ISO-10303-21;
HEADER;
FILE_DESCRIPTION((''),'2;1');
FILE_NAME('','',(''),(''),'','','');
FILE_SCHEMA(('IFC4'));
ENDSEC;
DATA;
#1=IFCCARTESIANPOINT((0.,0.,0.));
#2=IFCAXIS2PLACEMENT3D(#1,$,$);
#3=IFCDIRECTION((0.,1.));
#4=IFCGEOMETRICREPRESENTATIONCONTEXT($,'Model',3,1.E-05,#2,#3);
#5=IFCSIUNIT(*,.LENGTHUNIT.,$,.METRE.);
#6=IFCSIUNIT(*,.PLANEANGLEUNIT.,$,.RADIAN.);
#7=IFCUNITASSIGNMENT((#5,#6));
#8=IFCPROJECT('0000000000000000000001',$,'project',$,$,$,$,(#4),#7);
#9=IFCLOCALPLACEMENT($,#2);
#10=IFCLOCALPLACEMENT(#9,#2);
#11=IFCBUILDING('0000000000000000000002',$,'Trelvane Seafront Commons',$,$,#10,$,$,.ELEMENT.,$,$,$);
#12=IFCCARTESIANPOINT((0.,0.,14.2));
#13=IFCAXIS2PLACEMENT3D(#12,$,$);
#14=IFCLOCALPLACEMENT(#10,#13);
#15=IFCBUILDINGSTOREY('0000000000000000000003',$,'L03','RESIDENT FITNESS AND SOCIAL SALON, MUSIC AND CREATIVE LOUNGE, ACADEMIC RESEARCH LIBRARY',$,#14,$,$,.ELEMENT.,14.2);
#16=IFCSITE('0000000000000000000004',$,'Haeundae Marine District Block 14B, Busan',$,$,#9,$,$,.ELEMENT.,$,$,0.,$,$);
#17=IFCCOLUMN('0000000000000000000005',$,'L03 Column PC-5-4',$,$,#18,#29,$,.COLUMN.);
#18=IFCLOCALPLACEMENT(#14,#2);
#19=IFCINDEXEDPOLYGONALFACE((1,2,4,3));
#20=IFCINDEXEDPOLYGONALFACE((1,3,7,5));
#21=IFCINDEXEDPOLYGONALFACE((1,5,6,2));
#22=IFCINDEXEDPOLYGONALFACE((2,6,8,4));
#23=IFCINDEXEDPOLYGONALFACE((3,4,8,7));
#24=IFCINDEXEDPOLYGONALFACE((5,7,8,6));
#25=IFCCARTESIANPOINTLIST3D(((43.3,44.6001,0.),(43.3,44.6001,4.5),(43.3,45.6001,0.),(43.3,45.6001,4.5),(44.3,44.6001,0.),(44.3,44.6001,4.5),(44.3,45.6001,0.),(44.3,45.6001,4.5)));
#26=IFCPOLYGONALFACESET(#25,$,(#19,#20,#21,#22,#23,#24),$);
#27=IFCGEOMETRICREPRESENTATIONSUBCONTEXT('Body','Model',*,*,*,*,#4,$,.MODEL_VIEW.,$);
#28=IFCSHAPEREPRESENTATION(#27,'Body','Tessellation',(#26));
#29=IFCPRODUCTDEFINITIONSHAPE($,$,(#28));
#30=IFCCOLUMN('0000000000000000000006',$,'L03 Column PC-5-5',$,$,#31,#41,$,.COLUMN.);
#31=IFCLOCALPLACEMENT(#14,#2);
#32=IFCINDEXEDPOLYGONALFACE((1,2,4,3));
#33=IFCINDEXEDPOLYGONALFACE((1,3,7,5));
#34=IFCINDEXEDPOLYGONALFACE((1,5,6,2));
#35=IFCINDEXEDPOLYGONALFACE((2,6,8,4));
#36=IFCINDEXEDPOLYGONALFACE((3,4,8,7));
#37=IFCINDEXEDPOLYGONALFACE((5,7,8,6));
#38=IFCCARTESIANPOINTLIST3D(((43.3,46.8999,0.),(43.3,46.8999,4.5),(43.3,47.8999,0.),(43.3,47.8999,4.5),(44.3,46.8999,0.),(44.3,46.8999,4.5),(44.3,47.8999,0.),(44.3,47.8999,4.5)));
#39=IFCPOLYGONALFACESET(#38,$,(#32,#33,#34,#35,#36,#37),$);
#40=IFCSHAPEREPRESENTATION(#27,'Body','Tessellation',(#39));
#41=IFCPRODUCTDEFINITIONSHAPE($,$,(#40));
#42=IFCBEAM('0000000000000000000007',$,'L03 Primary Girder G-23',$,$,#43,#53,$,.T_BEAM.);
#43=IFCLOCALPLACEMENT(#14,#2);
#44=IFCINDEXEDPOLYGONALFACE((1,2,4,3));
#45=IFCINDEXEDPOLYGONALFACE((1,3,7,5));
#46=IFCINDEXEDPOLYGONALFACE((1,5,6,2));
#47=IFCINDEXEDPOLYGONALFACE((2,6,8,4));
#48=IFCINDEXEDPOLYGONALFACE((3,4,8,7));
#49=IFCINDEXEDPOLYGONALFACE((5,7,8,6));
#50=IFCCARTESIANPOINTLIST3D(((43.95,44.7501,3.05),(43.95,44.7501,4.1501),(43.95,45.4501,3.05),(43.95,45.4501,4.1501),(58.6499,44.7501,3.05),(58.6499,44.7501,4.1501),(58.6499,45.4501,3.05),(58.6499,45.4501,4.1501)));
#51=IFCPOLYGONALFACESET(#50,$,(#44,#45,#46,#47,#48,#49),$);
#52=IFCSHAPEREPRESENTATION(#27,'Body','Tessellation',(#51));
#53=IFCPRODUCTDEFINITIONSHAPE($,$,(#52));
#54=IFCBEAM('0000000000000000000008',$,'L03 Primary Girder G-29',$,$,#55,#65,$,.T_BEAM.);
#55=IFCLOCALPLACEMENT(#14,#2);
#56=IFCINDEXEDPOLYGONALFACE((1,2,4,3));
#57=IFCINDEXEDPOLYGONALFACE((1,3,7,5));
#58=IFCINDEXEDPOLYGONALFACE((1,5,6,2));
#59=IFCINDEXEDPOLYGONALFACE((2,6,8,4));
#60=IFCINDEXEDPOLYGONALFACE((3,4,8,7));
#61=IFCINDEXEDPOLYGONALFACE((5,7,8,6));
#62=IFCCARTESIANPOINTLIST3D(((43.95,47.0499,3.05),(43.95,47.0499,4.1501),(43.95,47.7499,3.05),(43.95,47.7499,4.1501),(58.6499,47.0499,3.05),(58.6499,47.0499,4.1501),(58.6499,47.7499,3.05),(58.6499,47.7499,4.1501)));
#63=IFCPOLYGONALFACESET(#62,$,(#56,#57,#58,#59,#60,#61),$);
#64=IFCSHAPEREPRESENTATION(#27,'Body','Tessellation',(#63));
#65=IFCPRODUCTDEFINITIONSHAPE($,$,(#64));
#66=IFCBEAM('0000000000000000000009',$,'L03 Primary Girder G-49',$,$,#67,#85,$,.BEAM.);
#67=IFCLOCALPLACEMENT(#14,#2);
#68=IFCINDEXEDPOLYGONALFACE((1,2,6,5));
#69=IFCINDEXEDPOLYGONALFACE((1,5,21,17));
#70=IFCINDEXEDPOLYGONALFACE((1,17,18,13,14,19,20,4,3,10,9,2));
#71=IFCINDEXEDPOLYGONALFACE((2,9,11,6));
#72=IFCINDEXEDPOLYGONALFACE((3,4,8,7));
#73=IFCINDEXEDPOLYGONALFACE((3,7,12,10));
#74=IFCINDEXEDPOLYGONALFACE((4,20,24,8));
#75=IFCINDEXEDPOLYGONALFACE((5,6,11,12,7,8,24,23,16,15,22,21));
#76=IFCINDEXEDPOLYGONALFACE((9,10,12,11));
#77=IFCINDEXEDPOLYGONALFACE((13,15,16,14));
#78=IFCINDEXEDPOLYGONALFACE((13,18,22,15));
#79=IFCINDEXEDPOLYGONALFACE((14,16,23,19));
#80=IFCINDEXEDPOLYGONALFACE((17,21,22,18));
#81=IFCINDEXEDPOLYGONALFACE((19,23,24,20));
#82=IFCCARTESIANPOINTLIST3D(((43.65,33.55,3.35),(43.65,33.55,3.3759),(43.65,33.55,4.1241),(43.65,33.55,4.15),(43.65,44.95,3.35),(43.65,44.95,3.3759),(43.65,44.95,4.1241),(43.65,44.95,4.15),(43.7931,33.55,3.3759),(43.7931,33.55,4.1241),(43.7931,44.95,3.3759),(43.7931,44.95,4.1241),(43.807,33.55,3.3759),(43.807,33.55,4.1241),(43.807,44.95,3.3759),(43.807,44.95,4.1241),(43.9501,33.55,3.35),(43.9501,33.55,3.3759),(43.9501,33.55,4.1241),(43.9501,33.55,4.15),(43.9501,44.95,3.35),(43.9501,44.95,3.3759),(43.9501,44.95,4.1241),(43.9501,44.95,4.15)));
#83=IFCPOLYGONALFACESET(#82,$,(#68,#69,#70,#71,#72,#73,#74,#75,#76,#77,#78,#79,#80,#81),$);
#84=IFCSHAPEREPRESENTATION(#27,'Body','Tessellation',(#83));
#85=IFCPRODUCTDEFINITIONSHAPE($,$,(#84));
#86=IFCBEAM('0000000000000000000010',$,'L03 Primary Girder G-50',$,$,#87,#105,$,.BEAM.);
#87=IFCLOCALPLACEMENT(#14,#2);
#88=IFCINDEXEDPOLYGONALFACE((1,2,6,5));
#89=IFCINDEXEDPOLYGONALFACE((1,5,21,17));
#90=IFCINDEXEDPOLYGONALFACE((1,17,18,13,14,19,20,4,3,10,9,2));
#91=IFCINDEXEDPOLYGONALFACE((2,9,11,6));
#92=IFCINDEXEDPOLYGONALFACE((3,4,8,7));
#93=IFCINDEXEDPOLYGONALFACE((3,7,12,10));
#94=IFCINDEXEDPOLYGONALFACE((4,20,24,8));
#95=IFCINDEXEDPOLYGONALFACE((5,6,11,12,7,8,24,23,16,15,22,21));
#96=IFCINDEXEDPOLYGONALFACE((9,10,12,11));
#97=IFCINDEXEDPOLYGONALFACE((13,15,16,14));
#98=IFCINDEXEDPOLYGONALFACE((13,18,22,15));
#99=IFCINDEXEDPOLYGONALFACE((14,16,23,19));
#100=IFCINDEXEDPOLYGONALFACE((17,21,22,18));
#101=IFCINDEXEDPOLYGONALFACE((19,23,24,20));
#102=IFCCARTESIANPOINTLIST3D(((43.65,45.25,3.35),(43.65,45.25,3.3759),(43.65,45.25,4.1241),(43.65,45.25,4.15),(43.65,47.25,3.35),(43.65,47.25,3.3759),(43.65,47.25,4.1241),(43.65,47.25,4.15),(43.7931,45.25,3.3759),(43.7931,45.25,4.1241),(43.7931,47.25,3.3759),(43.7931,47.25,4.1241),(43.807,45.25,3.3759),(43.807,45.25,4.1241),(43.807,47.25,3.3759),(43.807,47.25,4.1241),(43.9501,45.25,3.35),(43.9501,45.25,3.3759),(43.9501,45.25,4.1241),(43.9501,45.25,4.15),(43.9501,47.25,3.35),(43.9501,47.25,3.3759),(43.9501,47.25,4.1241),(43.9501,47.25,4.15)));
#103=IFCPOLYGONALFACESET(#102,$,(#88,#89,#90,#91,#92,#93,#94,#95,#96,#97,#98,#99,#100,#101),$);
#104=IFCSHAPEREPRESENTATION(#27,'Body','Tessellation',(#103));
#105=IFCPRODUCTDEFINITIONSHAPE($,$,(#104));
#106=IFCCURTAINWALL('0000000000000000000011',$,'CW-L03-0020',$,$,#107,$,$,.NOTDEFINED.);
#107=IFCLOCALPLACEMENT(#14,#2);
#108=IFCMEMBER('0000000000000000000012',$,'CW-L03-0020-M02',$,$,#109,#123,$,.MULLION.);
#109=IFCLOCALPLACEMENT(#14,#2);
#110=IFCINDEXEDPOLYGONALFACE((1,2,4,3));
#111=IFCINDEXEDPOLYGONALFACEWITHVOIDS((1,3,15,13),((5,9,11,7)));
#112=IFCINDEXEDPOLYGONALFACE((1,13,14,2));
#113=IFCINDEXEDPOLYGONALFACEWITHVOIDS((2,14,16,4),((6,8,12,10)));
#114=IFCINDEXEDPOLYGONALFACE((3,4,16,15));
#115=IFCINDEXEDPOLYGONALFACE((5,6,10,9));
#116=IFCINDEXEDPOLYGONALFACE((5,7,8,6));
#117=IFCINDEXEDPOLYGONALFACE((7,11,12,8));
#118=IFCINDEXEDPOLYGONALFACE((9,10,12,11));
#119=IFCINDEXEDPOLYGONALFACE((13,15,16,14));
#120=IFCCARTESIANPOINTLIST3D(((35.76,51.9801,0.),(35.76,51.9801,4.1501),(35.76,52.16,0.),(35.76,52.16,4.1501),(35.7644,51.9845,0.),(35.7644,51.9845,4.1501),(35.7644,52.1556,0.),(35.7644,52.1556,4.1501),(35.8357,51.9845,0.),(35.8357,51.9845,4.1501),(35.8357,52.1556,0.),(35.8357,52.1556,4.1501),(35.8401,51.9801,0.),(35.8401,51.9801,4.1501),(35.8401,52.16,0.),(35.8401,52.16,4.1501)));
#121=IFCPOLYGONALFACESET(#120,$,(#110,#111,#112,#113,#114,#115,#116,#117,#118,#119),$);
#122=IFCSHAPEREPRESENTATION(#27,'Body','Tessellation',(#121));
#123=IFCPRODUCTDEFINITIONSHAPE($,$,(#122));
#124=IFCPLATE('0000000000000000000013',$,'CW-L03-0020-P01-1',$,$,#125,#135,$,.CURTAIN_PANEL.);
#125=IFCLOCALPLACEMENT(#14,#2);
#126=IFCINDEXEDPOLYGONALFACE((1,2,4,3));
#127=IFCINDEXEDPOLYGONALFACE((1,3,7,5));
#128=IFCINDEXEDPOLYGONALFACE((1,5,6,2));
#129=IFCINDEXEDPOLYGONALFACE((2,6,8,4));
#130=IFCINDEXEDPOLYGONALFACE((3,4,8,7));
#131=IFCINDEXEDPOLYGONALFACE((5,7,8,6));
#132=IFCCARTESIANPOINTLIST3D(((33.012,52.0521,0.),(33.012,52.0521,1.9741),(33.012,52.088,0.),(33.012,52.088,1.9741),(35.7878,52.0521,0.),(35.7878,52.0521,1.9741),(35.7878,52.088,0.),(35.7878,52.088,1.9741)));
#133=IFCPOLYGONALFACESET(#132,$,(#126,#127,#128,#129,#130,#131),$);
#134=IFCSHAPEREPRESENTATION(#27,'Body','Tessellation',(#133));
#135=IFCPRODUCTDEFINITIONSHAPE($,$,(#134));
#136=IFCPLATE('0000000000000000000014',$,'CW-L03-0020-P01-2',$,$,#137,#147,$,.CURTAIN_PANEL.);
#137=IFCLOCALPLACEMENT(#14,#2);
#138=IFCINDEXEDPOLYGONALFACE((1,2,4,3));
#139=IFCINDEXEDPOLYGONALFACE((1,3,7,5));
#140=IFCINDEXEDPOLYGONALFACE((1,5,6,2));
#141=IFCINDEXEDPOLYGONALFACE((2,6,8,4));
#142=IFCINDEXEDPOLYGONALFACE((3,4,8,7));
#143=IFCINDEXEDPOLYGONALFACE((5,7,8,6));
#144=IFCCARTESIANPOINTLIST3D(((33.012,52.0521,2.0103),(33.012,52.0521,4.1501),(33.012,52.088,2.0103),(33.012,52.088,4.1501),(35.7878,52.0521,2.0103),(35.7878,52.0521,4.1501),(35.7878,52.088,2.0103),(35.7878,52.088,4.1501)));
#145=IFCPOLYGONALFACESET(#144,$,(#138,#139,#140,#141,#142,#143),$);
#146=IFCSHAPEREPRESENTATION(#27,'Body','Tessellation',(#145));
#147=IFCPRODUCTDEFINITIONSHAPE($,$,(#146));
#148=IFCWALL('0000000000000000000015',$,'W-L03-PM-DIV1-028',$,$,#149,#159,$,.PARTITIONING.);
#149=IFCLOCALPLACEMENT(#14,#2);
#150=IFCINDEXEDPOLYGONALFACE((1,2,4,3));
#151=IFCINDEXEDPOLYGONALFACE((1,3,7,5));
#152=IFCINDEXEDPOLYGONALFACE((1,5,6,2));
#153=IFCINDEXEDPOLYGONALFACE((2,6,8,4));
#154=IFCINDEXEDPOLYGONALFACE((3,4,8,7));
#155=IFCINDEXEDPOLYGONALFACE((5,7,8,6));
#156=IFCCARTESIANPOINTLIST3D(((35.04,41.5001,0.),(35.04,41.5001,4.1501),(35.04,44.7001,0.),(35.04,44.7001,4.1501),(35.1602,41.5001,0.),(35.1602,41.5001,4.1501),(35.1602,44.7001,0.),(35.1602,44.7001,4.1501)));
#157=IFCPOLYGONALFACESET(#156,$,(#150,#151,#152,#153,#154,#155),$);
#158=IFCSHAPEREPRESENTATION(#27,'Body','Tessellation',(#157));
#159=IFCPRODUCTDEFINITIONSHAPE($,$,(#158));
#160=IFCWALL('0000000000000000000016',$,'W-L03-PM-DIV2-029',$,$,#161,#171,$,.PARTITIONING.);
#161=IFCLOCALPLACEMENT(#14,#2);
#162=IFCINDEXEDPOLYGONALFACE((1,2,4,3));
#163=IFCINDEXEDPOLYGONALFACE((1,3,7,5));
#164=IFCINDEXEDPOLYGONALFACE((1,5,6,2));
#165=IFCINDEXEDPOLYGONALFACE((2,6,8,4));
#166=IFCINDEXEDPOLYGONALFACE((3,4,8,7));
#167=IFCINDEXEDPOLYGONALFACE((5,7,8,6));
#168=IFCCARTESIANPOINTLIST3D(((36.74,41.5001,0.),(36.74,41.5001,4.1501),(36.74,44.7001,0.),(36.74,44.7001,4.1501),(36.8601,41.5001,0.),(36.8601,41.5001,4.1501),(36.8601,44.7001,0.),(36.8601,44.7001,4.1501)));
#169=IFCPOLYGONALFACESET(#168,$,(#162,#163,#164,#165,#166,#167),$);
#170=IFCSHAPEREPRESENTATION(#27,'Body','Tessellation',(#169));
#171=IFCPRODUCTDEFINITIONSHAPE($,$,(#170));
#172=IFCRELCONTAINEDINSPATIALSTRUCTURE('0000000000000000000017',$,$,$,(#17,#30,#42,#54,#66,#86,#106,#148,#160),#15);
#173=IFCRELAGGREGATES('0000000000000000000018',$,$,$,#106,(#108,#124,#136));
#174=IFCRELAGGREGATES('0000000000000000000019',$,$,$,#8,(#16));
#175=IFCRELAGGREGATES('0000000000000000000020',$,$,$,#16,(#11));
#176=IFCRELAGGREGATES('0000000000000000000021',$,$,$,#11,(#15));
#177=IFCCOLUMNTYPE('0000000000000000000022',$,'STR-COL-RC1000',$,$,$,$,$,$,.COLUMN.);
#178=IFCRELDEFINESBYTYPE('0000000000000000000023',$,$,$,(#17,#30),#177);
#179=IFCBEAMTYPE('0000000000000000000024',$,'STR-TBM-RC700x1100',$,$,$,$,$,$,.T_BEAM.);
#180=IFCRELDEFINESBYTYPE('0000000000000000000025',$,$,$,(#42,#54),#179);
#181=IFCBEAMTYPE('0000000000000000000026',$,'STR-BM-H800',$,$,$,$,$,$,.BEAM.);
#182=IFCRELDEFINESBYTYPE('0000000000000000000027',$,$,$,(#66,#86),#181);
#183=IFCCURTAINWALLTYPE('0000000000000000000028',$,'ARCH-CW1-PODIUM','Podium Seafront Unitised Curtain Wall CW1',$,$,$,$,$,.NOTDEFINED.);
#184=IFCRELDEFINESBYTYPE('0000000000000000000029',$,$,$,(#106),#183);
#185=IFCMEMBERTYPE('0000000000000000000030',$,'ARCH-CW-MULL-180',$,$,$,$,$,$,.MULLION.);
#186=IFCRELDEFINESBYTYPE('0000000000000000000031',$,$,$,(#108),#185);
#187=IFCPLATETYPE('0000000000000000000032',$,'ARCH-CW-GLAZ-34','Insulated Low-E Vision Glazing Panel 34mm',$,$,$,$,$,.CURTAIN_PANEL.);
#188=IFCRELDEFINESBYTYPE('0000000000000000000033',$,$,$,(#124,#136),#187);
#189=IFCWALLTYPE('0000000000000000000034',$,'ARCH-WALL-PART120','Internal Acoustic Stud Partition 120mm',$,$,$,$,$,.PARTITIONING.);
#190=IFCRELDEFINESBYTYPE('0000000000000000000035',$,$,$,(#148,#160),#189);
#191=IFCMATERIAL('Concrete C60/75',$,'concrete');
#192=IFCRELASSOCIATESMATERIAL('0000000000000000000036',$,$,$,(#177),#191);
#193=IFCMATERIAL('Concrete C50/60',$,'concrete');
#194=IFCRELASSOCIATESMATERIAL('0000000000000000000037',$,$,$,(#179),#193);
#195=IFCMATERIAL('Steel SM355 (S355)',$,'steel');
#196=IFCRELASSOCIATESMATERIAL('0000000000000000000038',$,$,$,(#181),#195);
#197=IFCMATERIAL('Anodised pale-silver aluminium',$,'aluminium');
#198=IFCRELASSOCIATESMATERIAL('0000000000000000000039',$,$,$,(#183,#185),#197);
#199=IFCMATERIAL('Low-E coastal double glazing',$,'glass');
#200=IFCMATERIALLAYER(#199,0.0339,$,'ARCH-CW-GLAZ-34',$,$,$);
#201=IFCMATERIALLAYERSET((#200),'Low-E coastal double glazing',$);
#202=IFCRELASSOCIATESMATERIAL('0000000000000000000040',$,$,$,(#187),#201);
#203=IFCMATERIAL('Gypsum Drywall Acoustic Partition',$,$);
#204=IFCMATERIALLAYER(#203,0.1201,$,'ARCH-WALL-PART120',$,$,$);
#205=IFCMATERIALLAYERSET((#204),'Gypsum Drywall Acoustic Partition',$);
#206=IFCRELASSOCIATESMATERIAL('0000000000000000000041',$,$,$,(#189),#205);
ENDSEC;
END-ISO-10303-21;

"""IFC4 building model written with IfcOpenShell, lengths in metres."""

from ifc_helpers import new_model, si_unit, direction, frame, frame_2d, origin, origin_2d, place, context, subcontext, project, spatial, rectangle, hollow_rectangle, i_section, extrude, source, transform, mapped, material, layer, layer_set, material_profile, profile_set, type_object, element, aggregate, save


model = new_model("IFC4")

# Units and contexts
model_context = context("Model", 3, precision=1e-05, world=origin(), true_north=direction((0.0, 1.0)))
body_context = subcontext(model_context, "Body", "Model", "MODEL_VIEW")
ifc_project = project(units=[si_unit("LENGTHUNIT", "METRE"), si_unit("PLANEANGLEUNIT", "RADIAN")], contexts=[model_context])

# Site, building, storey
site_placement = place(None, origin())
site = spatial("IfcSite", under=ifc_project, at=site_placement, Name="Haeundae Marine District Block 14B, Busan", CompositionType="ELEMENT", RefElevation=0.0)
building_placement = place(site_placement, origin())
building = spatial("IfcBuilding", under=site, at=building_placement, Name="Trelvane Seafront Commons", CompositionType="ELEMENT")
storey_placement = place(building_placement, frame((0.0, 0.0, 14.2)))
storey = spatial("IfcBuildingStorey", under=building, at=storey_placement, Name="L03", Description="RESIDENT FITNESS AND SOCIAL SALON, MUSIC AND CREATIVE LOUNGE, ACADEMIC RESEARCH LIBRARY", CompositionType="ELEMENT", Elevation=14.2)

# Columns
ifc_material_1 = material(Name="Concrete C60/75", Category="concrete")
ifc_material_profile_1 = material_profile(ifc_material_1, rectangle(XDim=1.0, YDim=1.0, at=origin_2d()), Name="RC-1000x1000")
ifc_profile_set_1 = profile_set([ifc_material_profile_1], Name="Concrete C60/75")
column_type = type_object("IfcColumnType", Name="STR-COL-RC1000", PredefinedType="COLUMN", material=ifc_profile_set_1)
shared_shape_1 = source(origin(), body_context, "Body", "SweptSolid", [
    extrude(rectangle(XDim=1.0, YDim=1.0, at=origin_2d()), origin(), (0.0, 0.0, 1.0), 4.5),
])
for number, where, z_axis, x_axis, name in (
    (1, (43.8, 45.1001, 0.0), (0.0, 0.0, 1.0), (1.0, 0.0, 0.0), "L03 Column PC-5-4"),
    (2, (43.8, 47.3999, 0.0), (0.0, 0.0, 1.0), (1.0, 0.0, 0.0), "L03 Column PC-5-5"),
):
    element("IfcColumn", number, at=place(storey_placement, frame(where, z_axis=z_axis, x_axis=x_axis)), inside=storey, type_object=column_type, Name=name, PredefinedType="COLUMN", context=body_context, shape_type="MappedRepresentation", body=[
        mapped(shared_shape_1, transform((0.0, 0.0, 0.0), x_axis=(1.0, 0.0, 0.0), y_axis=(0.0, 1.0, 0.0), z_axis=(0.0, 0.0, 1.0), scale=1.0)),
    ])

# Beams
ifc_material_2 = material(Name="Concrete C50/60", Category="concrete")
ifc_material_profile_2 = material_profile(ifc_material_2, rectangle(XDim=0.7, YDim=1.1001, at=origin_2d()), Name="RC-700x1100")
ifc_profile_set_2 = profile_set([ifc_material_profile_2], Name="Concrete C50/60")
beam_type_1 = type_object("IfcBeamType", Name="STR-TBM-RC700x1100", PredefinedType="T_BEAM", material=ifc_profile_set_2)
shared_shape_2 = source(origin(), body_context, "Body", "SweptSolid", [
    extrude(rectangle(XDim=0.7, YDim=1.1001, at=origin_2d()), origin(), (0.0, 0.0, 1.0), 14.7),
])
for number, where, z_axis, x_axis, name in (
    (3, (43.95, 45.1001, 3.6001), (1.0, 0.0, 0.0), (0.0, 1.0, 0.0), "L03 Primary Girder G-23"),
    (4, (43.95, 47.3999, 3.6001), (1.0, 0.0, 0.0), (0.0, 1.0, 0.0), "L03 Primary Girder G-29"),
):
    element("IfcBeam", number, at=place(storey_placement, frame(where, z_axis=z_axis, x_axis=x_axis)), inside=storey, type_object=beam_type_1, Name=name, PredefinedType="T_BEAM", context=body_context, shape_type="MappedRepresentation", body=[
        mapped(shared_shape_2, transform((0.0, 0.0, 0.0), x_axis=(1.0, 0.0, 0.0), y_axis=(0.0, 1.0, 0.0), z_axis=(0.0, 0.0, 1.0), scale=1.0)),
    ])
ifc_material_3 = material(Name="Steel SM355 (S355)", Category="steel")
ifc_material_profile_3 = material_profile(ifc_material_3, i_section(OverallWidth=0.3, OverallDepth=0.8, WebThickness=0.0139, FlangeThickness=0.0259, at=origin_2d()), Name="H-800x300x14x26")
ifc_profile_set_3 = profile_set([ifc_material_profile_3], Name="Steel SM355 (S355)")
beam_type_2 = type_object("IfcBeamType", Name="STR-BM-H800", PredefinedType="BEAM", material=ifc_profile_set_3)
shared_shape_3 = source(origin(), body_context, "Body", "SweptSolid", [
    extrude(i_section(OverallWidth=0.3, OverallDepth=0.8, WebThickness=0.0139, FlangeThickness=0.0259, at=origin_2d()), origin(), (0.0, 0.0, 1.0), 11.3999),
])
beam_1_placement = place(storey_placement, frame((43.8, 33.55, 3.75), z_axis=(0.0, 1.0, 0.0), x_axis=(-1.0, 0.0, 0.0)))
element("IfcBeam", 5, at=beam_1_placement, inside=storey, type_object=beam_type_2, Name="L03 Primary Girder G-49", PredefinedType="BEAM", context=body_context, shape_type="MappedRepresentation", body=[
    mapped(shared_shape_3, transform((0.0, 0.0, 0.0), x_axis=(1.0, 0.0, 0.0), y_axis=(0.0, 1.0, 0.0), z_axis=(0.0, 0.0, 1.0), scale=1.0)),
])
shared_shape_4 = source(origin(), body_context, "Body", "SweptSolid", [
    extrude(i_section(OverallWidth=0.3, OverallDepth=0.8, WebThickness=0.0139, FlangeThickness=0.0259, at=origin_2d()), origin(), (0.0, 0.0, 1.0), 2.0),
])
beam_2_placement = place(storey_placement, frame((43.8, 45.25, 3.75), z_axis=(0.0, 1.0, 0.0), x_axis=(-1.0, 0.0, 0.0)))
element("IfcBeam", 6, at=beam_2_placement, inside=storey, type_object=beam_type_2, Name="L03 Primary Girder G-50", PredefinedType="BEAM", context=body_context, shape_type="MappedRepresentation", body=[
    mapped(shared_shape_4, transform((0.0, 0.0, 0.0), x_axis=(1.0, 0.0, 0.0), y_axis=(0.0, 1.0, 0.0), z_axis=(0.0, 0.0, 1.0), scale=1.0)),
])

# Curtain wall, member, plates
ifc_material_4 = material(Name="Anodised pale-silver aluminium", Category="aluminium")
curtain_wall_type = type_object("IfcCurtainWallType", Name="ARCH-CW1-PODIUM", Description="Podium Seafront Unitised Curtain Wall CW1", PredefinedType="NOTDEFINED", material=ifc_material_4)
curtain_wall_placement = place(storey_placement, origin())
curtain_wall = element("IfcCurtainWall", 7, at=curtain_wall_placement, inside=storey, type_object=curtain_wall_type, Name="CW-L03-0020", PredefinedType="NOTDEFINED")
ifc_material_profile_4 = material_profile(ifc_material_4, hollow_rectangle(XDim=0.0801, YDim=0.1799, WallThickness=0.0044, at=origin_2d()), Name="MULL-80x180x4.5")
ifc_profile_set_4 = profile_set([ifc_material_profile_4], Name="Anodised pale-silver aluminium")
member_type = type_object("IfcMemberType", Name="ARCH-CW-MULL-180", PredefinedType="MULLION", material=ifc_profile_set_4)
shared_shape_5 = source(origin(), body_context, "Body", "SweptSolid", [
    extrude(hollow_rectangle(XDim=0.0801, YDim=0.1799, WallThickness=0.0044, at=origin_2d()), origin(), (0.0, 0.0, 1.0), 4.1501),
])
member_placement = place(storey_placement, frame((35.8, 52.0701, 0.0), z_axis=(0.0, 0.0, 1.0), x_axis=(1.0, 0.0, 0.0)))
member = element("IfcMember", 8, at=member_placement, type_object=member_type, Name="CW-L03-0020-M02", PredefinedType="MULLION", context=body_context, shape_type="MappedRepresentation", body=[
    mapped(shared_shape_5, transform((0.0, 0.0, 0.0), x_axis=(1.0, 0.0, 0.0), y_axis=(0.0, 1.0, 0.0), z_axis=(0.0, 0.0, 1.0), scale=1.0)),
])
ifc_material_5 = material(Name="Low-E coastal double glazing", Category="glass")
ifc_layer_1 = layer(ifc_material_5, 0.0339, Name="ARCH-CW-GLAZ-34")
ifc_layer_set_1 = layer_set([ifc_layer_1], Name="Low-E coastal double glazing")
plate_type = type_object("IfcPlateType", Name="ARCH-CW-GLAZ-34", Description="Insulated Low-E Vision Glazing Panel 34mm", PredefinedType="CURTAIN_PANEL", material=ifc_layer_set_1)
shared_shape_6 = source(origin(), body_context, "Body", "SweptSolid", [
    extrude(rectangle(XDim=2.7759, YDim=0.0359, at=origin_2d()), origin(), (0.0, 0.0, 1.0), 1.9741),
])
plate_1_placement = place(storey_placement, frame((34.3999, 52.0701, 0.0), z_axis=(0.0, 0.0, 1.0), x_axis=(1.0, 0.0, 0.0)))
plate_1 = element("IfcPlate", 9, at=plate_1_placement, type_object=plate_type, Name="CW-L03-0020-P01-1", PredefinedType="CURTAIN_PANEL", context=body_context, shape_type="MappedRepresentation", body=[
    mapped(shared_shape_6, transform((0.0, 0.0, 0.0), x_axis=(1.0, 0.0, 0.0), y_axis=(0.0, 1.0, 0.0), z_axis=(0.0, 0.0, 1.0), scale=1.0)),
])
shared_shape_7 = source(origin(), body_context, "Body", "SweptSolid", [
    extrude(rectangle(XDim=2.7759, YDim=0.0359, at=origin_2d()), origin(), (0.0, 0.0, 1.0), 2.1399),
])
plate_2_placement = place(storey_placement, frame((34.3999, 52.0701, 2.0103), z_axis=(0.0, 0.0, 1.0), x_axis=(1.0, 0.0, 0.0)))
plate_2 = element("IfcPlate", 10, at=plate_2_placement, type_object=plate_type, Name="CW-L03-0020-P01-2", PredefinedType="CURTAIN_PANEL", context=body_context, shape_type="MappedRepresentation", body=[
    mapped(shared_shape_7, transform((0.0, 0.0, 0.0), x_axis=(1.0, 0.0, 0.0), y_axis=(0.0, 1.0, 0.0), z_axis=(0.0, 0.0, 1.0), scale=1.0)),
])
aggregate(curtain_wall, [member, plate_1, plate_2])

# Walls
ifc_material_6 = material(Name="Gypsum Drywall Acoustic Partition")
ifc_layer_2 = layer(ifc_material_6, 0.1201, Name="ARCH-WALL-PART120")
ifc_layer_set_2 = layer_set([ifc_layer_2], Name="Gypsum Drywall Acoustic Partition")
wall_type_1 = type_object("IfcWallType", Name="ARCH-WALL-PART120", Description="Internal Acoustic Stud Partition 120mm", PredefinedType="PARTITIONING", material=ifc_layer_set_2)
for number, where, z_axis, x_axis, name in (
    (11, (35.1001, 41.5, 0.0), (0.0, 0.0, 1.0), (0.0, 1.0, 0.0), "W-L03-PM-DIV1-028"),
    (12, (36.8, 41.5, 0.0), (0.0, 0.0, 1.0), (0.0, 1.0, 0.0), "W-L03-PM-DIV2-029"),
):
    element("IfcWall", number, at=place(storey_placement, frame(where, z_axis=z_axis, x_axis=x_axis)), inside=storey, type_object=wall_type_1, Name=name, PredefinedType="PARTITIONING", context=body_context, shape_type="SweptSolid", body=[
        extrude(rectangle(XDim=3.2, YDim=0.1201, at=frame_2d((1.6001, 0.0))), origin(), (0.0, 0.0, 1.0), 4.1501),
    ])

save(model, "model.ifc")
